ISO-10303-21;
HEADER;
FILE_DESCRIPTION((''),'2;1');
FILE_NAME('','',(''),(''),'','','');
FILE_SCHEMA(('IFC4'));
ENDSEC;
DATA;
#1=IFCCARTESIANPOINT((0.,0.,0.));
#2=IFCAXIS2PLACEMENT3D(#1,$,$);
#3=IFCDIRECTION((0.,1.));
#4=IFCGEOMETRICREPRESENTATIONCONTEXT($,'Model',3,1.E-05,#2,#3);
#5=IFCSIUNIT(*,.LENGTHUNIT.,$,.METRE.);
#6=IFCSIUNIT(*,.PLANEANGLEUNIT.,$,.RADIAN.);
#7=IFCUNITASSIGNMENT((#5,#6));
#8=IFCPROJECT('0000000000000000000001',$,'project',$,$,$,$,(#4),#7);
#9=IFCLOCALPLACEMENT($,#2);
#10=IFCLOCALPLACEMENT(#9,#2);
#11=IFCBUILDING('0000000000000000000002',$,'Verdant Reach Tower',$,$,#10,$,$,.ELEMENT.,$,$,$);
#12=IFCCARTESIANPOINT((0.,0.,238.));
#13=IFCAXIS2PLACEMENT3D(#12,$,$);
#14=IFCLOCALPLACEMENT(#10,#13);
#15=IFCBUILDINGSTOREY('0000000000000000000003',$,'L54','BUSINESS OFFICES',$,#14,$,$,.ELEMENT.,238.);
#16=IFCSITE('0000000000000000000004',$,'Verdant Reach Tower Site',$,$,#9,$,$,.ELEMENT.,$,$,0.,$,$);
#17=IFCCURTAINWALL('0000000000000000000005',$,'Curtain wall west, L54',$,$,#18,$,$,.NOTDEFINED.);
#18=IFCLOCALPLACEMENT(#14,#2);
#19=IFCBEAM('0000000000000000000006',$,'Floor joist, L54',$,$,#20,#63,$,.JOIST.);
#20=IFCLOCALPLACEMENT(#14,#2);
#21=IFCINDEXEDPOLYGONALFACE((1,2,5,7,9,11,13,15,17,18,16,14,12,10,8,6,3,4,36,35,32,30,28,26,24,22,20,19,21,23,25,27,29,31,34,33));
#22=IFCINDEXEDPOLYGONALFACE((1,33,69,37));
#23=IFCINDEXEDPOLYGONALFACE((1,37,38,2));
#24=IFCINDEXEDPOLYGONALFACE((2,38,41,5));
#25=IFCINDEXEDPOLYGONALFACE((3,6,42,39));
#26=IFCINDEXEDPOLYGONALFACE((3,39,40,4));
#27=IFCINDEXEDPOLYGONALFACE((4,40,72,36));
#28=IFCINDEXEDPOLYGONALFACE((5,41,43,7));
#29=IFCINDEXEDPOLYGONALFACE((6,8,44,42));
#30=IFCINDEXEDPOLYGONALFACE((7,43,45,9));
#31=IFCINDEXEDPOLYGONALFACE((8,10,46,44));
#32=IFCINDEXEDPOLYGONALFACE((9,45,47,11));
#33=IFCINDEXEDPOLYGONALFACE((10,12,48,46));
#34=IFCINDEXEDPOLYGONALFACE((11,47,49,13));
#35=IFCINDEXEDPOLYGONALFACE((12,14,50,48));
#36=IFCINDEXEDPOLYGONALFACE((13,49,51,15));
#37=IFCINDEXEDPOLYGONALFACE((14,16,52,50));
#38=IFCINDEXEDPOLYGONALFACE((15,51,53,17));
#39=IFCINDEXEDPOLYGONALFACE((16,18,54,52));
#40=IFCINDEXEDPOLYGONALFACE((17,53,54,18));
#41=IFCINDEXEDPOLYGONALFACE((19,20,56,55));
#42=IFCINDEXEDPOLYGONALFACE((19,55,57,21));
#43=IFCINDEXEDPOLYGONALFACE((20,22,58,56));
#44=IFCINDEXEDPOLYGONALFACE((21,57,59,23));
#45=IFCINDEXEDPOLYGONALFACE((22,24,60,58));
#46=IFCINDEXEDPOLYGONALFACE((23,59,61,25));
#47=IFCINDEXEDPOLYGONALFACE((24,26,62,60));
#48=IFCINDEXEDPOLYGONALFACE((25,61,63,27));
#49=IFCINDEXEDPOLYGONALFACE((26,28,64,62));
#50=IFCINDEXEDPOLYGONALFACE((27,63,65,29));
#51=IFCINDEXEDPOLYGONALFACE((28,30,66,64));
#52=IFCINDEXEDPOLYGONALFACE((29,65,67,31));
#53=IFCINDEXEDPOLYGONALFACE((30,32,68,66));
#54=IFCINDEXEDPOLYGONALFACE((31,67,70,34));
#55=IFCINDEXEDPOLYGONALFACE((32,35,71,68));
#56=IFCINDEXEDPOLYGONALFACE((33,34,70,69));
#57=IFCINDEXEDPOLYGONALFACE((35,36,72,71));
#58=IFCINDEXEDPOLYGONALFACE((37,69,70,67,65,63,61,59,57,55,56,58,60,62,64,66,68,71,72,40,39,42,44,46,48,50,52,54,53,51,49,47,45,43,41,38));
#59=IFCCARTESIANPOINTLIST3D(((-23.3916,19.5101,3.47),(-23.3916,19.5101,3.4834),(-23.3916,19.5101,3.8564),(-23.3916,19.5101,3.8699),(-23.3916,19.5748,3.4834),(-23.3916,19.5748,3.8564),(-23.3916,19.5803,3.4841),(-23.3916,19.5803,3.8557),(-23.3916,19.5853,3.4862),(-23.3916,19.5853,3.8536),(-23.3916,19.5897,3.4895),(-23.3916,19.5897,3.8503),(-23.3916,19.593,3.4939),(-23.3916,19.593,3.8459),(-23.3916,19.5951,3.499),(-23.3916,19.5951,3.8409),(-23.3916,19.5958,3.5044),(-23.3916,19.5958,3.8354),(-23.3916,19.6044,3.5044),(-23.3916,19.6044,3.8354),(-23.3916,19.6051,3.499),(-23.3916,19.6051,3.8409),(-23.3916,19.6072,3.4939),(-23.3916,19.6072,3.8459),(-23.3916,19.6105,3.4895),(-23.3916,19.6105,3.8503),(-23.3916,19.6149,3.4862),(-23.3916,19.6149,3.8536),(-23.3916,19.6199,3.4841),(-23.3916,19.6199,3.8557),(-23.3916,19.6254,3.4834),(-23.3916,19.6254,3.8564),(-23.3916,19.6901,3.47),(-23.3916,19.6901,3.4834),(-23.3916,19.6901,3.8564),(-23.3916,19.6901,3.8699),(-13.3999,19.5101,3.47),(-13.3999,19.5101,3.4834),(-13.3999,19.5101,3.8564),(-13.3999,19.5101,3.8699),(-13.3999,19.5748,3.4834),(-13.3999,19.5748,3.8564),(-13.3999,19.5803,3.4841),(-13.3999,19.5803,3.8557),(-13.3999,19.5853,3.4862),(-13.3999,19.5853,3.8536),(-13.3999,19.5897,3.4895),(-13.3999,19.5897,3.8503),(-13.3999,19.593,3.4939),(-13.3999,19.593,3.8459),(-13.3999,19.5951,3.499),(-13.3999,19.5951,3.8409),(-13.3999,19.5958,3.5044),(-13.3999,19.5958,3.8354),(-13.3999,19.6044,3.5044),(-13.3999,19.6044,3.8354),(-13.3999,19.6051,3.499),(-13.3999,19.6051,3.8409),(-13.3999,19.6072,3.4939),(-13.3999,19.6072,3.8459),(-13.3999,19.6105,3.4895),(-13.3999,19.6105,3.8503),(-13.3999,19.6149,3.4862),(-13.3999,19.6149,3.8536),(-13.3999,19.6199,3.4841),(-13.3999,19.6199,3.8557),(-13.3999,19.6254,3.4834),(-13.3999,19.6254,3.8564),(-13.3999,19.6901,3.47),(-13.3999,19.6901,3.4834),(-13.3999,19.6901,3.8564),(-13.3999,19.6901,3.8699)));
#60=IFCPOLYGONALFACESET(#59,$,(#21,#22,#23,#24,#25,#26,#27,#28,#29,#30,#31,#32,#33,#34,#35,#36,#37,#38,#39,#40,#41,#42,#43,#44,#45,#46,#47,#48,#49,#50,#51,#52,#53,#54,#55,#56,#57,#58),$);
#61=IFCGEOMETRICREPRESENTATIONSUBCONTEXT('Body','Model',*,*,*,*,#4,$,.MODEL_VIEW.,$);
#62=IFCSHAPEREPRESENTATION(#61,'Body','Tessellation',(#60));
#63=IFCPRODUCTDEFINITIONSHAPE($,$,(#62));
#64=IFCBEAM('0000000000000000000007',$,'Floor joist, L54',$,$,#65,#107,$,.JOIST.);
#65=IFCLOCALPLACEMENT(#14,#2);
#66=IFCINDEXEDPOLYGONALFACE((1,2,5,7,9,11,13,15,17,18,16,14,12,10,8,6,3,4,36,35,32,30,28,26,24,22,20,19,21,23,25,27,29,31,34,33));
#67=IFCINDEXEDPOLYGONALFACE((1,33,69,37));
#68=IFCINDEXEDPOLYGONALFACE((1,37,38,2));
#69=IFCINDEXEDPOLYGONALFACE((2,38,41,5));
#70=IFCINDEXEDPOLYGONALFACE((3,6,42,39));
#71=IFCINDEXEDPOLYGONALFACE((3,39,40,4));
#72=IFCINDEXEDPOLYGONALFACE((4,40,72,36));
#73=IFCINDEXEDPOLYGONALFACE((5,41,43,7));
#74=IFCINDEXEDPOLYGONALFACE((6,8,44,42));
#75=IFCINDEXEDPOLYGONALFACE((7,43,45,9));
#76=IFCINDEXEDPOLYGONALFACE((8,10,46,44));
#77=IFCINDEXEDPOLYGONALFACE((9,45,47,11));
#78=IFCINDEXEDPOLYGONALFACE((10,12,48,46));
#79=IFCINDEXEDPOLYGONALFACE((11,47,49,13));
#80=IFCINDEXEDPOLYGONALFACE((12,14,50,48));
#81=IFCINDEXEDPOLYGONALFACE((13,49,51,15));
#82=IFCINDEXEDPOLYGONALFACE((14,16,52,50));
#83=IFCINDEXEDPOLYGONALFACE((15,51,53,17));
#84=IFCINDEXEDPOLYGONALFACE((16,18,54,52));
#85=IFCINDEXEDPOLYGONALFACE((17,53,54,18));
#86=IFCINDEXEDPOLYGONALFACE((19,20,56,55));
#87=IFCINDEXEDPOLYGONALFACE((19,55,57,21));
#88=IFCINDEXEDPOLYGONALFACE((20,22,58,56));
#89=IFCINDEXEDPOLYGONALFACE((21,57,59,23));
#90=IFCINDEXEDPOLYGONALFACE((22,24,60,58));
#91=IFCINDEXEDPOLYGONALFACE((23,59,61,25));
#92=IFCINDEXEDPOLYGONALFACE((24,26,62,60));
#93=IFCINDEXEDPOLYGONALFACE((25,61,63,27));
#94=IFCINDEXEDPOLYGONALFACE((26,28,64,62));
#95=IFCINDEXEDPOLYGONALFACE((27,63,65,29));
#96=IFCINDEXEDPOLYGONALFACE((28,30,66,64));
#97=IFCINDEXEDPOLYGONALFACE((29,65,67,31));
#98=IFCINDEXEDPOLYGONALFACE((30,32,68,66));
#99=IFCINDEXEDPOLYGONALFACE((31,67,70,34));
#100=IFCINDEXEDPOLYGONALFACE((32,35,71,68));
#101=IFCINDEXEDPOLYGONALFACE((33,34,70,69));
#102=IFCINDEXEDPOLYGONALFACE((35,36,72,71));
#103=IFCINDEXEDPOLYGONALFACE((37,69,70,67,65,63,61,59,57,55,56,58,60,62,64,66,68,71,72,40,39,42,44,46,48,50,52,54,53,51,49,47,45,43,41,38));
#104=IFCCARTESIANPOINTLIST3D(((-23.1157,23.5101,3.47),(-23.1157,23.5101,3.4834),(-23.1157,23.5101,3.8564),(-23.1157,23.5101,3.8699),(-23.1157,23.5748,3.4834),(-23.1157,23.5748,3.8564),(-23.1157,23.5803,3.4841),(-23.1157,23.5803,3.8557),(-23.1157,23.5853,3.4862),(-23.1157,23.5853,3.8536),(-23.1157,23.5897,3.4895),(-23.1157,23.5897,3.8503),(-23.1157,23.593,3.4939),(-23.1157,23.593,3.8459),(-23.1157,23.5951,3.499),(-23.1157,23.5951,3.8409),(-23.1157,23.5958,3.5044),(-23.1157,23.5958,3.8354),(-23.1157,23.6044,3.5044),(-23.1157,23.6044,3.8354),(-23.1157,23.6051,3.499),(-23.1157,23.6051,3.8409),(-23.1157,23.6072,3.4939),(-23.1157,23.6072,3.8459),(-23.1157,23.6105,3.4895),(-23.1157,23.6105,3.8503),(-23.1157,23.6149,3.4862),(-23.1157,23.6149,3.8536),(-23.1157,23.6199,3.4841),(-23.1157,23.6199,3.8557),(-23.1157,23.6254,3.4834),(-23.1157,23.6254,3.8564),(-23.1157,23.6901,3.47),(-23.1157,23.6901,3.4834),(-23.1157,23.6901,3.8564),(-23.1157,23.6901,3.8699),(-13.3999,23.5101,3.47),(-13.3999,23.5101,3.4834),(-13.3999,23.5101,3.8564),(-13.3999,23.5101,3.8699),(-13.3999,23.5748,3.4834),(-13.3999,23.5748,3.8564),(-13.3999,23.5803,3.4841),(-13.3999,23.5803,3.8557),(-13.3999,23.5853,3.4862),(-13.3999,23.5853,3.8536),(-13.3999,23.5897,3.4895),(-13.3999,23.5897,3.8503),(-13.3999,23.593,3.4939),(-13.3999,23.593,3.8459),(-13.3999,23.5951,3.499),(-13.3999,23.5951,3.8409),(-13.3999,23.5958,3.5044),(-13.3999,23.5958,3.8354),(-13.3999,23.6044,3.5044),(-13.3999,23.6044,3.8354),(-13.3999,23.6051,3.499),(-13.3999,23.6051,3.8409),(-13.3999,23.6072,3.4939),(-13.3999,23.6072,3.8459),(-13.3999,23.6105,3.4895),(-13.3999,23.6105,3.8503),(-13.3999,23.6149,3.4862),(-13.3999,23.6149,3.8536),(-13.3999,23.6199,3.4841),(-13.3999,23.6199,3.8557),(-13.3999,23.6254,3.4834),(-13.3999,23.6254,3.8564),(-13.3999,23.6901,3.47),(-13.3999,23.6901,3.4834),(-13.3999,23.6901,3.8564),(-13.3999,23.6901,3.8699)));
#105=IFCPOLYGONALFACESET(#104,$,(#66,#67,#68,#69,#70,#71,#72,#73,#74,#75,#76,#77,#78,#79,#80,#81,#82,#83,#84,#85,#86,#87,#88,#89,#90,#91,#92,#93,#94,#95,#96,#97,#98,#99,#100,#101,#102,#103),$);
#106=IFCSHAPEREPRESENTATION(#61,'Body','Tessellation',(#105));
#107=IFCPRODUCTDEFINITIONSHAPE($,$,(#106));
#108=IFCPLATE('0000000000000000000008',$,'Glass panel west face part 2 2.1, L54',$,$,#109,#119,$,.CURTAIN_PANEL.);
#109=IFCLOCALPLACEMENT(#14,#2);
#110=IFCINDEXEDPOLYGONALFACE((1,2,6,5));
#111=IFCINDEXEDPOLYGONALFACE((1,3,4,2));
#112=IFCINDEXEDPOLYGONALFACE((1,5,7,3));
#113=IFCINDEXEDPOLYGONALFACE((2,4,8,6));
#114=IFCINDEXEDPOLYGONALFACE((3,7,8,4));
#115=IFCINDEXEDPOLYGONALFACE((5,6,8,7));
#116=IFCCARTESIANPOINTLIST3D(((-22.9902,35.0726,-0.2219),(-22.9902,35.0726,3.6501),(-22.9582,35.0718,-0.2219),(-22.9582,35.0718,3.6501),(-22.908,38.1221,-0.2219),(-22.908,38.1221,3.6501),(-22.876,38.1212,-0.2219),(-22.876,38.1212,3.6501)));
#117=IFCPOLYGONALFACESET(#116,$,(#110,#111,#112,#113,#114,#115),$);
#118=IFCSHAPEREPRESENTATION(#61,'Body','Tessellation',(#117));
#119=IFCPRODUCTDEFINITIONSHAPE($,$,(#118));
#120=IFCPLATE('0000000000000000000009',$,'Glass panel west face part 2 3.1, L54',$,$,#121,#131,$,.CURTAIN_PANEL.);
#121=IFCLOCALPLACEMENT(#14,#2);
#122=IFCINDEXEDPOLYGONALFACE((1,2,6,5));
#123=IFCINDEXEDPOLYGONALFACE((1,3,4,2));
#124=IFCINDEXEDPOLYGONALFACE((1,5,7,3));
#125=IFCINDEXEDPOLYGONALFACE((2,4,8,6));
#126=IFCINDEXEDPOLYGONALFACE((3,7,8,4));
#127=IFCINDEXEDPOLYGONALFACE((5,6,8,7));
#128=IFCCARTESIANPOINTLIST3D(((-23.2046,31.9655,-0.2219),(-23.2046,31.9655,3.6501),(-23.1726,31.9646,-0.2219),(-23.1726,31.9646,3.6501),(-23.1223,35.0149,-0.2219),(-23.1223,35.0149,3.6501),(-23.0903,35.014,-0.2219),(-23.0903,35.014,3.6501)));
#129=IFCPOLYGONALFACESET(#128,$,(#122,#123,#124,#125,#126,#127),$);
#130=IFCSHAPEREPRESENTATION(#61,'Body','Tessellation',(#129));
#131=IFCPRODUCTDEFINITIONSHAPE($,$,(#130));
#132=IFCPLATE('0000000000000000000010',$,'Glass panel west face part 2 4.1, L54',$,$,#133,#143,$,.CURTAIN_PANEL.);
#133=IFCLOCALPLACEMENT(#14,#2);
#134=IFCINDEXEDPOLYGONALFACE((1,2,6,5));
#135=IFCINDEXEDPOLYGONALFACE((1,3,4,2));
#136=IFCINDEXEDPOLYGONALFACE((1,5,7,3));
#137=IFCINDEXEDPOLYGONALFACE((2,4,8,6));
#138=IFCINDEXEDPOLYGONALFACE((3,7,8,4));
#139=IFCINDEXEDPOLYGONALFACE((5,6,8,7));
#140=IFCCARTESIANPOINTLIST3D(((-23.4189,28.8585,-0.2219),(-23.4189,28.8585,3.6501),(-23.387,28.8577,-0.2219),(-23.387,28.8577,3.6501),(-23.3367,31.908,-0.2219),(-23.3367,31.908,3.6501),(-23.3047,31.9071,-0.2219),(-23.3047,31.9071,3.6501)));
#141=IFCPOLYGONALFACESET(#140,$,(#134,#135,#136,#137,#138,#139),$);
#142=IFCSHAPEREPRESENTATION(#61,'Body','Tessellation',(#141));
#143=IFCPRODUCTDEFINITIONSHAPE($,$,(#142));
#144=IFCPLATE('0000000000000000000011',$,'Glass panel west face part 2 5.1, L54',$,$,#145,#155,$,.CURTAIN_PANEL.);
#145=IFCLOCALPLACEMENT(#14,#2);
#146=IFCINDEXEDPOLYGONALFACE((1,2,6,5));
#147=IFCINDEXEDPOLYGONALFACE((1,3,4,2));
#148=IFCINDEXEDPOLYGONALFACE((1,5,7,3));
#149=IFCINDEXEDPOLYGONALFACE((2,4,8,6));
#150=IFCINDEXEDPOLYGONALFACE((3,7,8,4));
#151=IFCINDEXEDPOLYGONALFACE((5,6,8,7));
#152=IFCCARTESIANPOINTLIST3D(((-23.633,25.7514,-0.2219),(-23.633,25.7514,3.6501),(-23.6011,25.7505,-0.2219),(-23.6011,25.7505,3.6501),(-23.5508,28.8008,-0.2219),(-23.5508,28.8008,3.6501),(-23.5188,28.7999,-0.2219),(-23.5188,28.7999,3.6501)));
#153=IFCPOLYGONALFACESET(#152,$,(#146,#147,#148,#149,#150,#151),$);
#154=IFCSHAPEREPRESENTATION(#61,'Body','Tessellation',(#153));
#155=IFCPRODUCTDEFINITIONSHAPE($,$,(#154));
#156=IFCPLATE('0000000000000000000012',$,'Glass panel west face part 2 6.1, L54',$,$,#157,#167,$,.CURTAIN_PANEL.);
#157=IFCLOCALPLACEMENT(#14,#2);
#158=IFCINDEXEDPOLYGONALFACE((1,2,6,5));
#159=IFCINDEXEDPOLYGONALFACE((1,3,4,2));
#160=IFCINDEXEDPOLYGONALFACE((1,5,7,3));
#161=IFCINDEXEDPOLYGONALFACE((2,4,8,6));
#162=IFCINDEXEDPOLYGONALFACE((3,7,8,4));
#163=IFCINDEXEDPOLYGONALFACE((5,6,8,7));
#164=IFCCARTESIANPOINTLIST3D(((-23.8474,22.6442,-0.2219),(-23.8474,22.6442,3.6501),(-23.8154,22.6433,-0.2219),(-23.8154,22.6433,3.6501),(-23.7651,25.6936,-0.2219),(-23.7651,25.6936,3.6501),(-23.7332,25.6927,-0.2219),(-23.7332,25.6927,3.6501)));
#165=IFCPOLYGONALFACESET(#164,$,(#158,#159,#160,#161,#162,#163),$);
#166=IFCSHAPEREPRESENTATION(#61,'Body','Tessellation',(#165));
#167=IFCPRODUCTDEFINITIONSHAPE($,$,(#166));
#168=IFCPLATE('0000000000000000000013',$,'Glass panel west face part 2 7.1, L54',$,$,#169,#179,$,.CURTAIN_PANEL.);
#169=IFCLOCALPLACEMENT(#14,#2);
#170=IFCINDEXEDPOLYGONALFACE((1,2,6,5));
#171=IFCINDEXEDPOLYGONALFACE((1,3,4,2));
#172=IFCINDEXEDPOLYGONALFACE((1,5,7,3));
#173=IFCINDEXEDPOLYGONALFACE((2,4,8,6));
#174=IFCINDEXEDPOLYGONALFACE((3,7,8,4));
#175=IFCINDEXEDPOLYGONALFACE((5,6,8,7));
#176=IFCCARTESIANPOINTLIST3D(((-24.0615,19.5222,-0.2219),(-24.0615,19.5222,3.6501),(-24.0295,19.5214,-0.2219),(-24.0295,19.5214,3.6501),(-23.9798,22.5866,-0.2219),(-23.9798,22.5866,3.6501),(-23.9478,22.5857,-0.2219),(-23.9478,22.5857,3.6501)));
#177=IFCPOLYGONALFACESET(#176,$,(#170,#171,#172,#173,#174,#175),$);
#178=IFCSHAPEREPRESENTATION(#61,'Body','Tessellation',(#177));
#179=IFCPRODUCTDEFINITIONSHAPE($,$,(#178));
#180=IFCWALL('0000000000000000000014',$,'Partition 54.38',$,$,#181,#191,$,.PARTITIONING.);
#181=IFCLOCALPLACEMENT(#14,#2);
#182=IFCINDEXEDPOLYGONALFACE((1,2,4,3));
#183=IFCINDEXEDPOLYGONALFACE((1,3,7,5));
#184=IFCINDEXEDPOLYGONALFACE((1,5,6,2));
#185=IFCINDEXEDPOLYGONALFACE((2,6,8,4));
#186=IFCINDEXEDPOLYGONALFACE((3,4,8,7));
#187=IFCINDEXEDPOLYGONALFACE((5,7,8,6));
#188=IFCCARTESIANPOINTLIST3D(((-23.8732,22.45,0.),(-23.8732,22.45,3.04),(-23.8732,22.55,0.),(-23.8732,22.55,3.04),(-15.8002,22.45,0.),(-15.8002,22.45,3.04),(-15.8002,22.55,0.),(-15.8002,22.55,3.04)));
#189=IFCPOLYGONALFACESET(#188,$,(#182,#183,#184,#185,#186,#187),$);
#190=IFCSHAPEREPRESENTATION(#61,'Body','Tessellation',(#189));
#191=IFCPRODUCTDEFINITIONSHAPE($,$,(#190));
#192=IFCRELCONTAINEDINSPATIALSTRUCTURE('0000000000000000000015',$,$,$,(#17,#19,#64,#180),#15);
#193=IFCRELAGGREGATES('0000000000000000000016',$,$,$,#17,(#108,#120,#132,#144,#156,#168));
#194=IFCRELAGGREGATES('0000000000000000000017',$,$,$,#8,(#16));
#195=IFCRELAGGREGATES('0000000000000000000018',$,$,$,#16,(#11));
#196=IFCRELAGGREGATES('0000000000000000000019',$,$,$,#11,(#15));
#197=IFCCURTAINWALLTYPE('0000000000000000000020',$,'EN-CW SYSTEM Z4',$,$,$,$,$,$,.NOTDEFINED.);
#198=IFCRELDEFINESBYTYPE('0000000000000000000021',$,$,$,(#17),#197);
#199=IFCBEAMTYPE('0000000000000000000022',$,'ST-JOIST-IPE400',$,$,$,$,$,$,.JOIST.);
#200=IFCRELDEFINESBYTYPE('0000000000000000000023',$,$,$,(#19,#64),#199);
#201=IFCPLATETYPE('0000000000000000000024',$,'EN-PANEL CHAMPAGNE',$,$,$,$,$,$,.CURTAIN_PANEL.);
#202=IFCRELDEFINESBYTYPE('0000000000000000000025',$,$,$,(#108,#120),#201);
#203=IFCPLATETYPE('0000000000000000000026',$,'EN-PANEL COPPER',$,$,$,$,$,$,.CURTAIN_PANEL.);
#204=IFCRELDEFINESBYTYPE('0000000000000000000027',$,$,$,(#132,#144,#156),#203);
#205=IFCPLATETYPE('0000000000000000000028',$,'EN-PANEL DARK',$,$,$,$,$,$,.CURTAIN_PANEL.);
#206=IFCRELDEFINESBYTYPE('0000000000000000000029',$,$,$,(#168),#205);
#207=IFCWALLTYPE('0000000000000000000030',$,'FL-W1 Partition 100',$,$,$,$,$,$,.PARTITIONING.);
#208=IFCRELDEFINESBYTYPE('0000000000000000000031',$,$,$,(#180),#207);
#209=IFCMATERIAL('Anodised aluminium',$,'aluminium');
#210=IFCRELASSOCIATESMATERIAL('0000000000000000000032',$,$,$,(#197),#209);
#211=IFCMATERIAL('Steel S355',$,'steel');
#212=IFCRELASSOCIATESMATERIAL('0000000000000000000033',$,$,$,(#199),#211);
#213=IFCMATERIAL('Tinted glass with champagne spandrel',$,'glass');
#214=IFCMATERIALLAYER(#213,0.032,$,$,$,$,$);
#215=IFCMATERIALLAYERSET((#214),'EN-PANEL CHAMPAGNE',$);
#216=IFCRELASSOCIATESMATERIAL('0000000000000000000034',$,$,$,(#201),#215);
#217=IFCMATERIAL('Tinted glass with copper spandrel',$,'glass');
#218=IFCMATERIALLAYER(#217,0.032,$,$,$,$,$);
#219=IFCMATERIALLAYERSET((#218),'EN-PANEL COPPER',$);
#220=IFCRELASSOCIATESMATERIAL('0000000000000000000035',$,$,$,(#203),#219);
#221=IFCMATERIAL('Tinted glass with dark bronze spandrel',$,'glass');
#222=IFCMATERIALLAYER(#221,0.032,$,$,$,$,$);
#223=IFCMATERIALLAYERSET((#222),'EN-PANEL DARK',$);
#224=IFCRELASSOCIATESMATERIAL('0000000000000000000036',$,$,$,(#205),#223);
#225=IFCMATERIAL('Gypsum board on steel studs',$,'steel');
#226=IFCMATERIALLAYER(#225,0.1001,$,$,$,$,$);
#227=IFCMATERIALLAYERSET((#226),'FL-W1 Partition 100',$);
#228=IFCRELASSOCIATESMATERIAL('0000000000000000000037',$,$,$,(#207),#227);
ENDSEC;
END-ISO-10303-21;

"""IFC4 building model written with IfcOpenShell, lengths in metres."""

from ifc_helpers import new_model, si_unit, direction, frame, frame_2d, origin, origin_2d, place, context, subcontext, project, spatial, rectangle, i_section, extrude, material, layer, layer_set, material_profile, profile_set, type_object, element, aggregate, save


model = new_model("IFC4")

# Units and contexts
model_context = context("Model", 3, precision=1e-05, world=origin(), true_north=direction((0.0, 1.0)))
body_context = subcontext(model_context, "Body", "Model", "MODEL_VIEW")
ifc_project = project(units=[si_unit("LENGTHUNIT", "METRE"), si_unit("PLANEANGLEUNIT", "RADIAN")], contexts=[model_context])

# Site, building, storey
site_placement = place(None, origin())
site = spatial("IfcSite", under=ifc_project, at=site_placement, Name="Verdant Reach Tower Site", CompositionType="ELEMENT", RefElevation=0.0)
building_placement = place(site_placement, origin())
building = spatial("IfcBuilding", under=site, at=building_placement, Name="Verdant Reach Tower", CompositionType="ELEMENT")
storey_placement = place(building_placement, frame((0.0, 0.0, 238.0)))
storey = spatial("IfcBuildingStorey", under=building, at=storey_placement, Name="L54", Description="BUSINESS OFFICES", CompositionType="ELEMENT", Elevation=238.0)

# Curtain wall
ifc_material_1 = material(Name="Anodised aluminium", Category="aluminium")
curtain_wall_type = type_object("IfcCurtainWallType", Name="EN-CW SYSTEM Z4", PredefinedType="NOTDEFINED", material=ifc_material_1)
curtain_wall_placement = place(storey_placement, origin())
curtain_wall = element("IfcCurtainWall", 1, at=curtain_wall_placement, inside=storey, type_object=curtain_wall_type, Name="Curtain wall west, L54", PredefinedType="NOTDEFINED")

# Beams
ifc_material_2 = material(Name="Steel S355", Category="steel")
ifc_material_profile_1 = material_profile(ifc_material_2, i_section(OverallWidth=0.1799, OverallDepth=0.3999, WebThickness=0.0085, FlangeThickness=0.0134, FilletRadius=0.021, at=origin_2d()), Name="IPE 400")
ifc_profile_set_1 = profile_set([ifc_material_profile_1], Name="Steel S355")
beam_type_1 = type_object("IfcBeamType", Name="ST-JOIST-IPE400", PredefinedType="JOIST", material=ifc_profile_set_1)
beam_1_placement = place(storey_placement, frame((-13.3999, 19.6001, 3.6699), z_axis=(-1.0, 0.0, 0.0), x_axis=(0.0, -1.0, 0.0)))
element("IfcBeam", 2, at=beam_1_placement, inside=storey, type_object=beam_type_1, Name="Floor joist, L54", PredefinedType="JOIST", context=body_context, shape_type="SweptSolid", body=[
    extrude(i_section(OverallWidth=0.1799, OverallDepth=0.3999, WebThickness=0.0085, FlangeThickness=0.0134, FilletRadius=0.021, at=origin_2d()), origin(), (0.0, 0.0, 1.0), 9.9917),
])
beam_2_placement = place(storey_placement, frame((-13.3999, 23.6001, 3.6699), z_axis=(-1.0, 0.0, 0.0), x_axis=(0.0, -1.0, 0.0)))
element("IfcBeam", 3, at=beam_2_placement, inside=storey, type_object=beam_type_1, Name="Floor joist, L54", PredefinedType="JOIST", context=body_context, shape_type="SweptSolid", body=[
    extrude(i_section(OverallWidth=0.1799, OverallDepth=0.3999, WebThickness=0.0085, FlangeThickness=0.0134, FilletRadius=0.021, at=origin_2d()), origin(), (0.0, 0.0, 1.0), 9.7158),
])

# Plates
ifc_material_3 = material(Name="Tinted glass with champagne spandrel", Category="glass")
ifc_layer_1 = layer(ifc_material_3, 0.032)
ifc_layer_set_1 = layer_set([ifc_layer_1], Name="EN-PANEL CHAMPAGNE")
plate_type_1 = type_object("IfcPlateType", Name="EN-PANEL CHAMPAGNE", PredefinedType="CURTAIN_PANEL", material=ifc_layer_set_1)
plate_1_placement = place(storey_placement, frame((-22.9331, 36.5969, -0.2219), z_axis=(0.0, 0.0, 1.0), x_axis=(-0.026965, -0.999636, 0.0)))
plate_1 = element("IfcPlate", 4, at=plate_1_placement, type_object=plate_type_1, Name="Glass panel west face part 2 2.1, L54", PredefinedType="CURTAIN_PANEL", context=body_context, shape_type="SweptSolid", body=[
    extrude(rectangle(XDim=3.0505, YDim=0.032, at=origin_2d()), origin(), (0.0, 0.0, 1.0), 3.8721),
])
plate_2_placement = place(storey_placement, frame((-23.1475, 33.4897, -0.2219), z_axis=(0.0, 0.0, 1.0), x_axis=(-0.026965, -0.999636, 0.0)))
plate_2 = element("IfcPlate", 5, at=plate_2_placement, type_object=plate_type_1, Name="Glass panel west face part 2 3.1, L54", PredefinedType="CURTAIN_PANEL", context=body_context, shape_type="SweptSolid", body=[
    extrude(rectangle(XDim=3.0505, YDim=0.032, at=origin_2d()), origin(), (0.0, 0.0, 1.0), 3.8721),
])
ifc_material_4 = material(Name="Tinted glass with copper spandrel", Category="glass")
ifc_layer_2 = layer(ifc_material_4, 0.032)
ifc_layer_set_2 = layer_set([ifc_layer_2], Name="EN-PANEL COPPER")
plate_type_2 = type_object("IfcPlateType", Name="EN-PANEL COPPER", PredefinedType="CURTAIN_PANEL", material=ifc_layer_set_2)
plate_3_placement = place(storey_placement, frame((-23.3618, 30.3828, -0.2219), z_axis=(0.0, 0.0, 1.0), x_axis=(-0.026965, -0.999636, 0.0)))
plate_3 = element("IfcPlate", 6, at=plate_3_placement, type_object=plate_type_2, Name="Glass panel west face part 2 4.1, L54", PredefinedType="CURTAIN_PANEL", context=body_context, shape_type="SweptSolid", body=[
    extrude(rectangle(XDim=3.0505, YDim=0.032, at=origin_2d()), origin(), (0.0, 0.0, 1.0), 3.8721),
])
plate_4_placement = place(storey_placement, frame((-23.5759, 27.2756, -0.2219), z_axis=(0.0, 0.0, 1.0), x_axis=(-0.026965, -0.999636, 0.0)))
plate_4 = element("IfcPlate", 7, at=plate_4_placement, type_object=plate_type_2, Name="Glass panel west face part 2 5.1, L54", PredefinedType="CURTAIN_PANEL", context=body_context, shape_type="SweptSolid", body=[
    extrude(rectangle(XDim=3.0505, YDim=0.032, at=origin_2d()), origin(), (0.0, 0.0, 1.0), 3.8721),
])
plate_5_placement = place(storey_placement, frame((-23.7903, 24.1685, -0.2219), z_axis=(0.0, 0.0, 1.0), x_axis=(-0.026965, -0.999636, 0.0)))
plate_5 = element("IfcPlate", 8, at=plate_5_placement, type_object=plate_type_2, Name="Glass panel west face part 2 6.1, L54", PredefinedType="CURTAIN_PANEL", context=body_context, shape_type="SweptSolid", body=[
    extrude(rectangle(XDim=3.0505, YDim=0.032, at=origin_2d()), origin(), (0.0, 0.0, 1.0), 3.8721),
])
ifc_material_5 = material(Name="Tinted glass with dark bronze spandrel", Category="glass")
ifc_layer_3 = layer(ifc_material_5, 0.032)
ifc_layer_set_3 = layer_set([ifc_layer_3], Name="EN-PANEL DARK")
plate_type_3 = type_object("IfcPlateType", Name="EN-PANEL DARK", PredefinedType="CURTAIN_PANEL", material=ifc_layer_set_3)
plate_6_placement = place(storey_placement, frame((-24.0046, 21.054, -0.2219), z_axis=(0.0, 0.0, 1.0), x_axis=(-0.026651, -0.999645, 0.0)))
plate_6 = element("IfcPlate", 9, at=plate_6_placement, type_object=plate_type_3, Name="Glass panel west face part 2 7.1, L54", PredefinedType="CURTAIN_PANEL", context=body_context, shape_type="SweptSolid", body=[
    extrude(rectangle(XDim=3.0654, YDim=0.032, at=origin_2d()), origin(), (0.0, 0.0, 1.0), 3.8721),
])
aggregate(curtain_wall, [plate_1, plate_2, plate_3, plate_4, plate_5, plate_6])

# Wall
ifc_material_6 = material(Name="Gypsum board on steel studs", Category="steel")
ifc_layer_4 = layer(ifc_material_6, 0.1001)
ifc_layer_set_4 = layer_set([ifc_layer_4], Name="FL-W1 Partition 100")
wall_type_1 = type_object("IfcWallType", Name="FL-W1 Partition 100", PredefinedType="PARTITIONING", material=ifc_layer_set_4)
wall_1_placement = place(storey_placement, frame((-15.8, 22.5, 0.0), z_axis=(0.0, 0.0, 1.0), x_axis=(-1.0, 0.0, 0.0)))
element("IfcWall", 10, at=wall_1_placement, inside=storey, type_object=wall_type_1, Name="Partition 54.38", PredefinedType="PARTITIONING", context=body_context, shape_type="SweptSolid", body=[
    extrude(rectangle(XDim=8.073, YDim=0.1001, at=frame_2d((4.0366, 0.0))), origin(), (0.0, 0.0, 1.0), 3.04),
])

save(model, "model.ifc")
